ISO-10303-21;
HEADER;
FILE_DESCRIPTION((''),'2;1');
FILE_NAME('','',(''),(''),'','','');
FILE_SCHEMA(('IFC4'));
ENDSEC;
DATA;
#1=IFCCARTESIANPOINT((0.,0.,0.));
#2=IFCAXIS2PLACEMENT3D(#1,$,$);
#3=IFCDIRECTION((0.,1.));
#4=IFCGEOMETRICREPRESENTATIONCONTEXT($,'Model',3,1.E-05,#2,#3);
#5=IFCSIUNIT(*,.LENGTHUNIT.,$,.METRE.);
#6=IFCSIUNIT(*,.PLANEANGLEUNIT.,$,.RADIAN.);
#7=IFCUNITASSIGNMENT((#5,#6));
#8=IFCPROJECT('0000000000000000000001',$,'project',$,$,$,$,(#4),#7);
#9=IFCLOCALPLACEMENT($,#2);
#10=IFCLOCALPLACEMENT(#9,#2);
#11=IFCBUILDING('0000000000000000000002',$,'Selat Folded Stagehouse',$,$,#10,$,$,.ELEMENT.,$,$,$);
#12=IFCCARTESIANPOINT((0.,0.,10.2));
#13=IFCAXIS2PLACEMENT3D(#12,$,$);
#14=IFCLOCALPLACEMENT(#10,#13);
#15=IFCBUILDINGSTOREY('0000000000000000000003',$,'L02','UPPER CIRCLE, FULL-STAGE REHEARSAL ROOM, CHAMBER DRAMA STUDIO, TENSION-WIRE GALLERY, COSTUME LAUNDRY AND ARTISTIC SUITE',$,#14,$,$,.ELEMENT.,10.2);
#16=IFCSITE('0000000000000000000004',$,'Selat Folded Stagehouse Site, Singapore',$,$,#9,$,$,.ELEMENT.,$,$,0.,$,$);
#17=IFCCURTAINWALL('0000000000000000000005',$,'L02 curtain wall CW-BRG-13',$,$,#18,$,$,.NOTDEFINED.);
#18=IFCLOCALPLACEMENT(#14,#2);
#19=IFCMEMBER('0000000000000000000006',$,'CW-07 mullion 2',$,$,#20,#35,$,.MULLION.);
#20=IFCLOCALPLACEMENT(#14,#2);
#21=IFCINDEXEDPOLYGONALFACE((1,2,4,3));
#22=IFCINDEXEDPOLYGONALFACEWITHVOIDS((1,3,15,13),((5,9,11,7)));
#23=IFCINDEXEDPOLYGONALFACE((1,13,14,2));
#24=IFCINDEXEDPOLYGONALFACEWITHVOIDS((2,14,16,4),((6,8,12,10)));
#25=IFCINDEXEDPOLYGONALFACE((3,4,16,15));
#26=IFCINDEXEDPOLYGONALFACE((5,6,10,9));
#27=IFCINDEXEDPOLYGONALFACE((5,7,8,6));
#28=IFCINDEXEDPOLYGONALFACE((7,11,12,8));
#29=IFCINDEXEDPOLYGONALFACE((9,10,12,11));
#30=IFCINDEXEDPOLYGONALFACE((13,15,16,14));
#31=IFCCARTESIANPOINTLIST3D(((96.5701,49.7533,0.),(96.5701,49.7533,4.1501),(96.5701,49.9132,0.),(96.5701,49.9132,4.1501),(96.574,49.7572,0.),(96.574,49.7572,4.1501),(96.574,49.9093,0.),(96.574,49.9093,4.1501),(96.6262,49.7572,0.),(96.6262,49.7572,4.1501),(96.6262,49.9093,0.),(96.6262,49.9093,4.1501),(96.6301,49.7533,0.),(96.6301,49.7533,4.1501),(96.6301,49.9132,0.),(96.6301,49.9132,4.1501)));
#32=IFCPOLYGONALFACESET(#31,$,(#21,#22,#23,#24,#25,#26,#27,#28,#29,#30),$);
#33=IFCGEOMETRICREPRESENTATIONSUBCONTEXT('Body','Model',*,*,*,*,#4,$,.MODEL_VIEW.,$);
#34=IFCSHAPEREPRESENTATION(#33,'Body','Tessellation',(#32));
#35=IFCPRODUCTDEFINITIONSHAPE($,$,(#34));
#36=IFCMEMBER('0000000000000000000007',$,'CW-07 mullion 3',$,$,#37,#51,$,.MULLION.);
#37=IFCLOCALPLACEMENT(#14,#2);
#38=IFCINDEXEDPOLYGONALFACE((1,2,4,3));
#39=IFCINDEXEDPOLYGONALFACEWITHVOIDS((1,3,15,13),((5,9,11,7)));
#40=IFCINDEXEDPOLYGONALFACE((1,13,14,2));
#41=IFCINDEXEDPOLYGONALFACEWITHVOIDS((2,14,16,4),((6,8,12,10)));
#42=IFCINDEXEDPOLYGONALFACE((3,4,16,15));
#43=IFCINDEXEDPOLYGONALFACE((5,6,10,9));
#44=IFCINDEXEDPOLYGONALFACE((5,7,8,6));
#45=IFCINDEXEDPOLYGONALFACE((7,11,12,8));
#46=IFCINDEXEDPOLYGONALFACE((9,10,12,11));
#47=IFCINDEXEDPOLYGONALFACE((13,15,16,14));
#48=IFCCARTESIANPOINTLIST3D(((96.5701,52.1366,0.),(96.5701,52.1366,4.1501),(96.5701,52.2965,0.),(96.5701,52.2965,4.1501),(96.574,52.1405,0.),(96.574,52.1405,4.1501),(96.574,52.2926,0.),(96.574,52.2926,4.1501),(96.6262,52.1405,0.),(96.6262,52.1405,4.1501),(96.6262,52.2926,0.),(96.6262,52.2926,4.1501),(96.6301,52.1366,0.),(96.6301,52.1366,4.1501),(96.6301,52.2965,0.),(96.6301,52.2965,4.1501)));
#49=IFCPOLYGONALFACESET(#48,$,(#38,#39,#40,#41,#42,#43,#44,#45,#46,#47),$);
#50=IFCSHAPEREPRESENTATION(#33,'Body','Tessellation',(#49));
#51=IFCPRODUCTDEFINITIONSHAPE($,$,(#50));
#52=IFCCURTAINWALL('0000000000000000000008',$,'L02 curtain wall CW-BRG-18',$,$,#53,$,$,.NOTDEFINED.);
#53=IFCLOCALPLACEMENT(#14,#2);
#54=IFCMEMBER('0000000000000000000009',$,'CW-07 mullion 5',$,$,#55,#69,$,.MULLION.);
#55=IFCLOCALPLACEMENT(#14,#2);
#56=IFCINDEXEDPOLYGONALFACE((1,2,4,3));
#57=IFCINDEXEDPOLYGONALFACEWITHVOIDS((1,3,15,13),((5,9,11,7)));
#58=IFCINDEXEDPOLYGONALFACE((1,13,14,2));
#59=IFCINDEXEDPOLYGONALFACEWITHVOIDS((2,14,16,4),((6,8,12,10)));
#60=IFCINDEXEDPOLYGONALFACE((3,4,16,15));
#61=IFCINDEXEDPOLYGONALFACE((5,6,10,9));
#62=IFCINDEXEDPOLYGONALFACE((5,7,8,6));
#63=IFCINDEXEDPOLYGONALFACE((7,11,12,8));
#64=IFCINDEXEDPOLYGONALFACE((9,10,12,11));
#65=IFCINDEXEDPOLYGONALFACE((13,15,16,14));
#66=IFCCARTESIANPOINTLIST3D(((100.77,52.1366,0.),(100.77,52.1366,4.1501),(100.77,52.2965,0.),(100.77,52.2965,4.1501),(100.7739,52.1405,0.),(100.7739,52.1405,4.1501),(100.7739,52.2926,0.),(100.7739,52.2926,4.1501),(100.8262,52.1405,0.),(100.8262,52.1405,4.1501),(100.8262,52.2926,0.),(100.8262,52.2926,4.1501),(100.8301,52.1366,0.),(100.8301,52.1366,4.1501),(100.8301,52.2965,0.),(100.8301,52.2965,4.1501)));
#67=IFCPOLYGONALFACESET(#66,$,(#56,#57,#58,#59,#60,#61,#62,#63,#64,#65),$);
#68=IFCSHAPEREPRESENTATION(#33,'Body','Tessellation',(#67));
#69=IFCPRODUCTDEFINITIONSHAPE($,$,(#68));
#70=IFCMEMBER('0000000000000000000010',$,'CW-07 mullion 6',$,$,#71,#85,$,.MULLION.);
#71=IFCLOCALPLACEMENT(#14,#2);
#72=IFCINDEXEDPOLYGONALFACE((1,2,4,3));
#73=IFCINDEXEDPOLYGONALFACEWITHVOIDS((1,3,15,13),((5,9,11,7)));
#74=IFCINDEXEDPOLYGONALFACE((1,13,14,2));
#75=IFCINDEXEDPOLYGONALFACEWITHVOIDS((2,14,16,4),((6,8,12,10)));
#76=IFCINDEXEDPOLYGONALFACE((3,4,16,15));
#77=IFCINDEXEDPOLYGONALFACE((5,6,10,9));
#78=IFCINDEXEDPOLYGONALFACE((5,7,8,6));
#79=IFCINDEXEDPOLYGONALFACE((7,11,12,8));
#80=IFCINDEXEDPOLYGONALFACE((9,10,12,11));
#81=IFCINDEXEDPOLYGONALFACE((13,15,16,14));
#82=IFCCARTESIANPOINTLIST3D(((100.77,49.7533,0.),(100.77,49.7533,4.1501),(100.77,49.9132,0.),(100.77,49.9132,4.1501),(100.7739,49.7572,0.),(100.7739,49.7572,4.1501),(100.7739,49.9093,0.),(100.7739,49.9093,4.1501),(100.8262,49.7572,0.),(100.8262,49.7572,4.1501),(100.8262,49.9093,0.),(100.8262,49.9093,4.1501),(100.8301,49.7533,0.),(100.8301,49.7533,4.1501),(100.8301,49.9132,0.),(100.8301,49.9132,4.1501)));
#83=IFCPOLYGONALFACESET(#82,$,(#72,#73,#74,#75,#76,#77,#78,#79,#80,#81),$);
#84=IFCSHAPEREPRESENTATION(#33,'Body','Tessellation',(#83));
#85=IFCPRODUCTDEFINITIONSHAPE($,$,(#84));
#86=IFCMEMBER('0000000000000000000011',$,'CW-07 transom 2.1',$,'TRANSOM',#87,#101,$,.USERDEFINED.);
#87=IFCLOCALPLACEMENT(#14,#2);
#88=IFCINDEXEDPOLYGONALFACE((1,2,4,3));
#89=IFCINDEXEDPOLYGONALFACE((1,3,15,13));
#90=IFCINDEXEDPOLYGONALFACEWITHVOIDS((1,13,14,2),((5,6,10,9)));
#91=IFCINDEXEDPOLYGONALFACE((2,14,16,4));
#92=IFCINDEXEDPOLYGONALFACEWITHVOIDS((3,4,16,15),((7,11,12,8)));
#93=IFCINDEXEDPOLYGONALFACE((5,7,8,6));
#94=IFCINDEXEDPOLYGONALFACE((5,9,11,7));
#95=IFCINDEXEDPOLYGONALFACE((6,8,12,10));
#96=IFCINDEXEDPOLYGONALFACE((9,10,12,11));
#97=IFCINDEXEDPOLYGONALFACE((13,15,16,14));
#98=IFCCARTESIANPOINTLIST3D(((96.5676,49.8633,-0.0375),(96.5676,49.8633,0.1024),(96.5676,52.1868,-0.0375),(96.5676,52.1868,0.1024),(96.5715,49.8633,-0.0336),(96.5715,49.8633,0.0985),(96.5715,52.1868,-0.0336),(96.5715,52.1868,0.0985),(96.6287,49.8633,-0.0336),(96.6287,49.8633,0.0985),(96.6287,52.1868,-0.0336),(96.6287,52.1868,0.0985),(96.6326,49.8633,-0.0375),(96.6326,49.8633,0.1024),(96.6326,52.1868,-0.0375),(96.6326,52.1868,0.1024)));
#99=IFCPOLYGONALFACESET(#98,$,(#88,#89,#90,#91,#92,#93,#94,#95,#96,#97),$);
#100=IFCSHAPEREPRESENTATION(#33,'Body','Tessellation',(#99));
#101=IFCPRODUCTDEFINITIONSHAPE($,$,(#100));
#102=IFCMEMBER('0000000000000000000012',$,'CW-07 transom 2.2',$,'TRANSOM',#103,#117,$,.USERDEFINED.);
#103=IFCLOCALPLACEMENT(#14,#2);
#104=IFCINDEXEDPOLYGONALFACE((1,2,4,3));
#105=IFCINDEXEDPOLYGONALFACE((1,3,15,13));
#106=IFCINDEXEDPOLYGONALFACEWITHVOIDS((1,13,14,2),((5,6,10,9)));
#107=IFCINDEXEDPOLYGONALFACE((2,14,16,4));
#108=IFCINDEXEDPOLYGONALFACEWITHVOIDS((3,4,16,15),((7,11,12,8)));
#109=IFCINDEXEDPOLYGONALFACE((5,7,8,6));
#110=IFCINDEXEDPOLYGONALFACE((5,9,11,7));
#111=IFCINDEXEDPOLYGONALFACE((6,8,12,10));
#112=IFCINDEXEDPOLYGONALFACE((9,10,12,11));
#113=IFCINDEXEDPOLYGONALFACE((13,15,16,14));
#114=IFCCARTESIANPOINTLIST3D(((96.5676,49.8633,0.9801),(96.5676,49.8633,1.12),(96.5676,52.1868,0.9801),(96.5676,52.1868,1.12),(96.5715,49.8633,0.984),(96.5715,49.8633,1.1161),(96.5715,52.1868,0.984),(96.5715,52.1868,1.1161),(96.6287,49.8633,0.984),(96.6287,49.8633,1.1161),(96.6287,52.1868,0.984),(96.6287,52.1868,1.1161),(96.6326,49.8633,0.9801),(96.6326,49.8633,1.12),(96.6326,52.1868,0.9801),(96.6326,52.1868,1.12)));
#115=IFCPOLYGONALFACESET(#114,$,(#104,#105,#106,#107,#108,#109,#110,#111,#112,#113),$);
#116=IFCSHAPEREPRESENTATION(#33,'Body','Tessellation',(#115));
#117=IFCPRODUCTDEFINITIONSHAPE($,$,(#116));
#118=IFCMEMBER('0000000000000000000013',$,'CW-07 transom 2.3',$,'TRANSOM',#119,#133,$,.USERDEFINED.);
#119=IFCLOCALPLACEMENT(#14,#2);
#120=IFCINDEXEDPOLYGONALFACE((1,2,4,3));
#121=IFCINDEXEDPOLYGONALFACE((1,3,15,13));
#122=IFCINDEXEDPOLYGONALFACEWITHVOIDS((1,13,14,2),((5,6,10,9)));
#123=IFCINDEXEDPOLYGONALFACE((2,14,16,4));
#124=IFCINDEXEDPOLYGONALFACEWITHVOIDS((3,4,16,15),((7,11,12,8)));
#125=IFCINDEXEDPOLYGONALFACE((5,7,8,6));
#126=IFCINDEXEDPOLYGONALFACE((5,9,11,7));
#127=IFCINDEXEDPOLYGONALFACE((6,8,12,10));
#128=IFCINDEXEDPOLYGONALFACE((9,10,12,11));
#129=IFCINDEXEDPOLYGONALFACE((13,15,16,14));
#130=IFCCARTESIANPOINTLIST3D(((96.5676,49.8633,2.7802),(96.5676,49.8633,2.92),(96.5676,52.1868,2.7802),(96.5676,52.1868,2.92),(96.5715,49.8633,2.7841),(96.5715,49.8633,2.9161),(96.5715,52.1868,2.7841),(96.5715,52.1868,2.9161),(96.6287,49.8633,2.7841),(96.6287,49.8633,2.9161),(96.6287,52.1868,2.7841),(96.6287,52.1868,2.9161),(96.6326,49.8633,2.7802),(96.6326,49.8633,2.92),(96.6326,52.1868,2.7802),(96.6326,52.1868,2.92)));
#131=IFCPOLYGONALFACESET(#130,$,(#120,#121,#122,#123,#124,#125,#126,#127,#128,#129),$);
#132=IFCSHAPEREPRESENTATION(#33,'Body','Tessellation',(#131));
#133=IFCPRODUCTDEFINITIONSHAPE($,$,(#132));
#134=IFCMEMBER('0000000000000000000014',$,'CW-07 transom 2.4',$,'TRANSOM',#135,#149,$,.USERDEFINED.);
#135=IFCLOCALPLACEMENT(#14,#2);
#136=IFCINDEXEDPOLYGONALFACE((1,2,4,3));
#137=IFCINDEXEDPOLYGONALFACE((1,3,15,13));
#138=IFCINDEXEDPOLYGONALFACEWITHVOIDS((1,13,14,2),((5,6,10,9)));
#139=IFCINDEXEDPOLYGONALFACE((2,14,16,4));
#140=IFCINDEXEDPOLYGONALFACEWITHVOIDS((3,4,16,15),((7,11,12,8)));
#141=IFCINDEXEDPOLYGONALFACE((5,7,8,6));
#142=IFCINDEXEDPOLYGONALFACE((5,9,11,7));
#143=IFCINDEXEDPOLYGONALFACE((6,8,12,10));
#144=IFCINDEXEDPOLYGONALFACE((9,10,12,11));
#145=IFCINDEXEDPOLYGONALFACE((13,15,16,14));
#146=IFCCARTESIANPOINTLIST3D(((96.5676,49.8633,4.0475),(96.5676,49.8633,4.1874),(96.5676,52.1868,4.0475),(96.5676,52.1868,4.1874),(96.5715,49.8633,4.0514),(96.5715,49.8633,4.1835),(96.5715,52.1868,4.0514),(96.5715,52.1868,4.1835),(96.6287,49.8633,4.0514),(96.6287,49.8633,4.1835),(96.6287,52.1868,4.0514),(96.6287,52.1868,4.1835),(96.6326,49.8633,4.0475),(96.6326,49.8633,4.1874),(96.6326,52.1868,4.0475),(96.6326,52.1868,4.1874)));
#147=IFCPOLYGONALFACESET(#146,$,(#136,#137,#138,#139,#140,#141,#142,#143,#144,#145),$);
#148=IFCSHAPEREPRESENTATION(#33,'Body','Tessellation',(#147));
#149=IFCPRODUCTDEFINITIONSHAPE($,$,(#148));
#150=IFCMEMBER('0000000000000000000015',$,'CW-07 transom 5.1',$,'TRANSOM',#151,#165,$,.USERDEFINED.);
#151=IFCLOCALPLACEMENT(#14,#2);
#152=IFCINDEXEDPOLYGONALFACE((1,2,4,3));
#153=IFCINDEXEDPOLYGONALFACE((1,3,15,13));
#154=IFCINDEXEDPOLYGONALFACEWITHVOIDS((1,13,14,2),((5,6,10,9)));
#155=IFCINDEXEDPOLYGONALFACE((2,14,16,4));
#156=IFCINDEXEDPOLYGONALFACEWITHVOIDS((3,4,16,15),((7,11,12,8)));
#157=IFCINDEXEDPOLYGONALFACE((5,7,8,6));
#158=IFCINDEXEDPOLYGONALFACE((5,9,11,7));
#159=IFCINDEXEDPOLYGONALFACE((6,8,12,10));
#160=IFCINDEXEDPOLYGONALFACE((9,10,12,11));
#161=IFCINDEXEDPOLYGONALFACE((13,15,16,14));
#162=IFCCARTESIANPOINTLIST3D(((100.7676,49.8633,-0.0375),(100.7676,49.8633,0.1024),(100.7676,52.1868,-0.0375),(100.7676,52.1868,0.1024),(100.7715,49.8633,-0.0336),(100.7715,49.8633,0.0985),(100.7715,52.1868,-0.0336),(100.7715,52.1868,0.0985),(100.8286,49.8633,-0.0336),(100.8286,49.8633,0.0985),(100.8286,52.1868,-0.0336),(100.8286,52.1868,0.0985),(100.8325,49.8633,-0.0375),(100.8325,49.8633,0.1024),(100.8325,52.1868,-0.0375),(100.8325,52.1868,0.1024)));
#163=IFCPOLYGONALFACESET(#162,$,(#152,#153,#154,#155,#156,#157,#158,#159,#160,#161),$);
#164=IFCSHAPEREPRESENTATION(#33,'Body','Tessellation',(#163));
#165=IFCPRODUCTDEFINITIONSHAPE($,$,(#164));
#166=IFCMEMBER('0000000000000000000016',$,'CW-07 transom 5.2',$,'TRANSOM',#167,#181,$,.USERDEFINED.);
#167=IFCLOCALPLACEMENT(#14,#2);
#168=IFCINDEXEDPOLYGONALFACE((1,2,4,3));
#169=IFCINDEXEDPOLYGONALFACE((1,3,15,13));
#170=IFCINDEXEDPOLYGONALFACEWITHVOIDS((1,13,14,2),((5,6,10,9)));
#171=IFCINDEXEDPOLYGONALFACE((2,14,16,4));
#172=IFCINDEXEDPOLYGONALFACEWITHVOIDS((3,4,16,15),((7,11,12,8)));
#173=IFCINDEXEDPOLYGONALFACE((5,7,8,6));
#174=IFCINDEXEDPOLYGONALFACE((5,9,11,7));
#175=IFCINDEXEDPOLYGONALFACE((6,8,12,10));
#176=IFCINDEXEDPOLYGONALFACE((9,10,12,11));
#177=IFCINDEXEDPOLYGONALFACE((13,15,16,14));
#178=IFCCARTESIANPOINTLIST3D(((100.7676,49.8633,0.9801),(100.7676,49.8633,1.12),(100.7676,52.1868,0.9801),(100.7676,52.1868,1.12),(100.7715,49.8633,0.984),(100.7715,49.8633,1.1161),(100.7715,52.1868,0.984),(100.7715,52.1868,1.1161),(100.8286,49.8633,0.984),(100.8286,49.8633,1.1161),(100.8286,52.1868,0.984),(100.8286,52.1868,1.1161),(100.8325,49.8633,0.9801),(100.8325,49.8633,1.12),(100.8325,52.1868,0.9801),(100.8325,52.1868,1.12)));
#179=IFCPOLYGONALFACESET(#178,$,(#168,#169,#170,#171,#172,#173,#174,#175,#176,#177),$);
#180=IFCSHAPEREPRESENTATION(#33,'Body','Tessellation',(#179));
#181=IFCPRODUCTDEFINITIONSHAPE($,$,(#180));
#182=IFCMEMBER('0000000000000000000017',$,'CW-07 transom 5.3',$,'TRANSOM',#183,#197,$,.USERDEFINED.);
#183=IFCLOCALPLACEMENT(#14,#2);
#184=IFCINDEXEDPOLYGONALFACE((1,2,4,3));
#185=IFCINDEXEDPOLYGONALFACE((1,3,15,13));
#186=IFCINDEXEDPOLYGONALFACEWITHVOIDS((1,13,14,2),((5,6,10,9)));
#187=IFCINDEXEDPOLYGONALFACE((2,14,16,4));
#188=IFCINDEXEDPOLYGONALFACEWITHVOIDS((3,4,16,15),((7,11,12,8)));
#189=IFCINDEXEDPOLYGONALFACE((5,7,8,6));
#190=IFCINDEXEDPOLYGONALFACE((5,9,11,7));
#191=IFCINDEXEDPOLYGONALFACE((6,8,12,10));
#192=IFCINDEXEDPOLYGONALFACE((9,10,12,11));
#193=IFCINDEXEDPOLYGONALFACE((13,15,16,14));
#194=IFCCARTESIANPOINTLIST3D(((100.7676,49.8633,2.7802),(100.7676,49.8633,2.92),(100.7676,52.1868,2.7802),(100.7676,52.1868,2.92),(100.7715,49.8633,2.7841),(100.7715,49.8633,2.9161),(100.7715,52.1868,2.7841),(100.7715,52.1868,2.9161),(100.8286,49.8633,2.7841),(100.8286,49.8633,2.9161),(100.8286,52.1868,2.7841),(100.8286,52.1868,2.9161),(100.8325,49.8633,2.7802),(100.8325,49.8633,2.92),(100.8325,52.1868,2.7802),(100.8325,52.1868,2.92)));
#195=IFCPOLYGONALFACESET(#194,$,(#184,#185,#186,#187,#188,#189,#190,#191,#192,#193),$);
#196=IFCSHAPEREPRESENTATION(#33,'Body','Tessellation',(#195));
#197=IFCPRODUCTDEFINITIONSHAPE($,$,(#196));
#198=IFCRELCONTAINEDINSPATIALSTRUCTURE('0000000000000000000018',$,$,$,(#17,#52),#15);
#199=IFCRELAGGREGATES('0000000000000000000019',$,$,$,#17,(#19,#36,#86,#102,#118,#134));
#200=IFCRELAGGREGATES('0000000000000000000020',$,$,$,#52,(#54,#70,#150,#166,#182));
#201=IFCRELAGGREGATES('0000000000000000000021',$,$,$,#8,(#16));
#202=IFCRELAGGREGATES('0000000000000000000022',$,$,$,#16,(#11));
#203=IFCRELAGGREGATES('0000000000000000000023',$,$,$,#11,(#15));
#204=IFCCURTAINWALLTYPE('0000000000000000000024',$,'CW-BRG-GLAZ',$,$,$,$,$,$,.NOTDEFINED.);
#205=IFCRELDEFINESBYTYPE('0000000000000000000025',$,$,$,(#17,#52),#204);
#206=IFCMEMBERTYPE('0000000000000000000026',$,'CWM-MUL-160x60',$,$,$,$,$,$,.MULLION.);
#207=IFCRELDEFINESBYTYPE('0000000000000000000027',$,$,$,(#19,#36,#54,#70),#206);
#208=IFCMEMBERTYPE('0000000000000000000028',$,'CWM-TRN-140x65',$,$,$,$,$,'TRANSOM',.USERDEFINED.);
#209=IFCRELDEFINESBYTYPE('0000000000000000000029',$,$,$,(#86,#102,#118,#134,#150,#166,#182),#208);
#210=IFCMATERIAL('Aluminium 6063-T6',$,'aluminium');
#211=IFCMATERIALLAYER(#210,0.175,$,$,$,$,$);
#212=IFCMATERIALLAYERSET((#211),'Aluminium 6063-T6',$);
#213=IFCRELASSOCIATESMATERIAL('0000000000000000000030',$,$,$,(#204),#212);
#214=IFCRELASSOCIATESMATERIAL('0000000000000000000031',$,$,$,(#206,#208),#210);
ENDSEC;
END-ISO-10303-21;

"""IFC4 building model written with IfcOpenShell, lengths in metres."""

from ifc_helpers import new_model, si_unit, direction, frame, origin, origin_2d, place, context, subcontext, project, spatial, hollow_rectangle, extrude, material, layer, layer_set, material_profile, profile_set, type_object, element, aggregate, save


model = new_model("IFC4")

# Units and contexts
model_context = context("Model", 3, precision=1e-05, world=origin(), true_north=direction((0.0, 1.0)))
body_context = subcontext(model_context, "Body", "Model", "MODEL_VIEW")
ifc_project = project(units=[si_unit("LENGTHUNIT", "METRE"), si_unit("PLANEANGLEUNIT", "RADIAN")], contexts=[model_context])

# Site, building, storey
site_placement = place(None, origin())
site = spatial("IfcSite", under=ifc_project, at=site_placement, Name="Selat Folded Stagehouse Site, Singapore", CompositionType="ELEMENT", RefElevation=0.0)
building_placement = place(site_placement, origin())
building = spatial("IfcBuilding", under=site, at=building_placement, Name="Selat Folded Stagehouse", CompositionType="ELEMENT")
storey_placement = place(building_placement, frame((0.0, 0.0, 10.2)))
storey = spatial("IfcBuildingStorey", under=building, at=storey_placement, Name="L02", Description="UPPER CIRCLE, FULL-STAGE REHEARSAL ROOM, CHAMBER DRAMA STUDIO, TENSION-WIRE GALLERY, COSTUME LAUNDRY AND ARTISTIC SUITE", CompositionType="ELEMENT", Elevation=10.2)

# Curtain walls, members
ifc_material_1 = material(Name="Aluminium 6063-T6", Category="aluminium")
ifc_layer_1 = layer(ifc_material_1, 0.175)
ifc_layer_set_1 = layer_set([ifc_layer_1], Name="Aluminium 6063-T6")
curtain_wall_type = type_object("IfcCurtainWallType", Name="CW-BRG-GLAZ", PredefinedType="NOTDEFINED", material=ifc_layer_set_1)
curtain_wall_1_placement = place(storey_placement, origin())
curtain_wall_1 = element("IfcCurtainWall", 1, at=curtain_wall_1_placement, inside=storey, type_object=curtain_wall_type, Name="L02 curtain wall CW-BRG-13", PredefinedType="NOTDEFINED")
ifc_material_profile_1 = material_profile(ifc_material_1, hollow_rectangle(XDim=0.0601, YDim=0.1599, WallThickness=0.0039, at=origin_2d()), Name="ALU 160x60x4.0")
ifc_profile_set_1 = profile_set([ifc_material_profile_1], Name="Aluminium 6063-T6")
member_type_1 = type_object("IfcMemberType", Name="CWM-MUL-160x60", PredefinedType="MULLION", material=ifc_profile_set_1)
member_1_placement = place(storey_placement, frame((96.6001, 49.8333, 0.0), z_axis=(0.0, 0.0, 1.0), x_axis=(-1.0, 0.0, 0.0)))
member_1 = element("IfcMember", 2, at=member_1_placement, type_object=member_type_1, Name="CW-07 mullion 2", PredefinedType="MULLION", context=body_context, shape_type="SweptSolid", body=[
    extrude(hollow_rectangle(XDim=0.0601, YDim=0.1599, WallThickness=0.0039, at=origin_2d()), origin(), (0.0, 0.0, 1.0), 4.1501),
])
member_2_placement = place(storey_placement, frame((96.6001, 52.2166, 0.0), z_axis=(0.0, 0.0, 1.0), x_axis=(-1.0, 0.0, 0.0)))
member_2 = element("IfcMember", 3, at=member_2_placement, type_object=member_type_1, Name="CW-07 mullion 3", PredefinedType="MULLION", context=body_context, shape_type="SweptSolid", body=[
    extrude(hollow_rectangle(XDim=0.0601, YDim=0.1599, WallThickness=0.0039, at=origin_2d()), origin(), (0.0, 0.0, 1.0), 4.1501),
])
curtain_wall_2_placement = place(storey_placement, origin())
curtain_wall_2 = element("IfcCurtainWall", 4, at=curtain_wall_2_placement, inside=storey, type_object=curtain_wall_type, Name="L02 curtain wall CW-BRG-18", PredefinedType="NOTDEFINED")
member_3_placement = place(storey_placement, frame((100.8, 52.2166, 0.0), z_axis=(0.0, 0.0, 1.0), x_axis=(1.0, 0.0, 0.0)))
member_3 = element("IfcMember", 5, at=member_3_placement, type_object=member_type_1, Name="CW-07 mullion 5", PredefinedType="MULLION", context=body_context, shape_type="SweptSolid", body=[
    extrude(hollow_rectangle(XDim=0.0601, YDim=0.1599, WallThickness=0.0039, at=origin_2d()), origin(), (0.0, 0.0, 1.0), 4.1501),
])
member_4_placement = place(storey_placement, frame((100.8, 49.8333, 0.0), z_axis=(0.0, 0.0, 1.0), x_axis=(1.0, 0.0, 0.0)))
member_4 = element("IfcMember", 6, at=member_4_placement, type_object=member_type_1, Name="CW-07 mullion 6", PredefinedType="MULLION", context=body_context, shape_type="SweptSolid", body=[
    extrude(hollow_rectangle(XDim=0.0601, YDim=0.1599, WallThickness=0.0039, at=origin_2d()), origin(), (0.0, 0.0, 1.0), 4.1501),
])

# Members
ifc_material_profile_2 = material_profile(ifc_material_1, hollow_rectangle(XDim=0.0649, YDim=0.1399, WallThickness=0.0039, at=origin_2d()), Name="ALU 140x65x4.0")
ifc_profile_set_2 = profile_set([ifc_material_profile_2], Name="Aluminium 6063-T6")
member_type_2 = type_object("IfcMemberType", Name="CWM-TRN-140x65", ElementType="TRANSOM", PredefinedType="USERDEFINED", material=ifc_profile_set_2)
member_5_placement = place(storey_placement, frame((96.6001, 49.8633, 0.0325), z_axis=(0.0, 1.0, 0.0), x_axis=(-1.0, 0.0, 0.0)))
member_5 = element("IfcMember", 7, at=member_5_placement, type_object=member_type_2, Name="CW-07 transom 2.1", ObjectType="TRANSOM", PredefinedType="USERDEFINED", context=body_context, shape_type="SweptSolid", body=[
    extrude(hollow_rectangle(XDim=0.0649, YDim=0.1399, WallThickness=0.0039, at=origin_2d()), origin(), (0.0, 0.0, 1.0), 2.3235),
])
member_6_placement = place(storey_placement, frame((96.6001, 49.8633, 1.05), z_axis=(0.0, 1.0, 0.0), x_axis=(-1.0, 0.0, 0.0)))
member_6 = element("IfcMember", 8, at=member_6_placement, type_object=member_type_2, Name="CW-07 transom 2.2", ObjectType="TRANSOM", PredefinedType="USERDEFINED", context=body_context, shape_type="SweptSolid", body=[
    extrude(hollow_rectangle(XDim=0.0649, YDim=0.1399, WallThickness=0.0039, at=origin_2d()), origin(), (0.0, 0.0, 1.0), 2.3235),
])
member_7_placement = place(storey_placement, frame((96.6001, 49.8633, 2.8501), z_axis=(0.0, 1.0, 0.0), x_axis=(-1.0, 0.0, 0.0)))
member_7 = element("IfcMember", 9, at=member_7_placement, type_object=member_type_2, Name="CW-07 transom 2.3", ObjectType="TRANSOM", PredefinedType="USERDEFINED", context=body_context, shape_type="SweptSolid", body=[
    extrude(hollow_rectangle(XDim=0.0649, YDim=0.1399, WallThickness=0.0039, at=origin_2d()), origin(), (0.0, 0.0, 1.0), 2.3235),
])
member_8_placement = place(storey_placement, frame((96.6001, 49.8633, 4.1174), z_axis=(0.0, 1.0, 0.0), x_axis=(-1.0, 0.0, 0.0)))
member_8 = element("IfcMember", 10, at=member_8_placement, type_object=member_type_2, Name="CW-07 transom 2.4", ObjectType="TRANSOM", PredefinedType="USERDEFINED", context=body_context, shape_type="SweptSolid", body=[
    extrude(hollow_rectangle(XDim=0.0649, YDim=0.1399, WallThickness=0.0039, at=origin_2d()), origin(), (0.0, 0.0, 1.0), 2.3235),
])
member_9_placement = place(storey_placement, frame((100.8, 52.1868, 0.0325), z_axis=(0.0, -1.0, 0.0), x_axis=(1.0, 0.0, 0.0)))
member_9 = element("IfcMember", 11, at=member_9_placement, type_object=member_type_2, Name="CW-07 transom 5.1", ObjectType="TRANSOM", PredefinedType="USERDEFINED", context=body_context, shape_type="SweptSolid", body=[
    extrude(hollow_rectangle(XDim=0.0649, YDim=0.1399, WallThickness=0.0039, at=origin_2d()), origin(), (0.0, 0.0, 1.0), 2.3235),
])
member_10_placement = place(storey_placement, frame((100.8, 52.1868, 1.05), z_axis=(0.0, -1.0, 0.0), x_axis=(1.0, 0.0, 0.0)))
member_10 = element("IfcMember", 12, at=member_10_placement, type_object=member_type_2, Name="CW-07 transom 5.2", ObjectType="TRANSOM", PredefinedType="USERDEFINED", context=body_context, shape_type="SweptSolid", body=[
    extrude(hollow_rectangle(XDim=0.0649, YDim=0.1399, WallThickness=0.0039, at=origin_2d()), origin(), (0.0, 0.0, 1.0), 2.3235),
])
member_11_placement = place(storey_placement, frame((100.8, 52.1868, 2.8501), z_axis=(0.0, -1.0, 0.0), x_axis=(1.0, 0.0, 0.0)))
member_11 = element("IfcMember", 13, at=member_11_placement, type_object=member_type_2, Name="CW-07 transom 5.3", ObjectType="TRANSOM", PredefinedType="USERDEFINED", context=body_context, shape_type="SweptSolid", body=[
    extrude(hollow_rectangle(XDim=0.0649, YDim=0.1399, WallThickness=0.0039, at=origin_2d()), origin(), (0.0, 0.0, 1.0), 2.3235),
])

aggregate(curtain_wall_1, [member_1, member_2, member_5, member_6, member_7, member_8])
aggregate(curtain_wall_2, [member_3, member_4, member_9, member_10, member_11])

save(model, "model.ifc")
